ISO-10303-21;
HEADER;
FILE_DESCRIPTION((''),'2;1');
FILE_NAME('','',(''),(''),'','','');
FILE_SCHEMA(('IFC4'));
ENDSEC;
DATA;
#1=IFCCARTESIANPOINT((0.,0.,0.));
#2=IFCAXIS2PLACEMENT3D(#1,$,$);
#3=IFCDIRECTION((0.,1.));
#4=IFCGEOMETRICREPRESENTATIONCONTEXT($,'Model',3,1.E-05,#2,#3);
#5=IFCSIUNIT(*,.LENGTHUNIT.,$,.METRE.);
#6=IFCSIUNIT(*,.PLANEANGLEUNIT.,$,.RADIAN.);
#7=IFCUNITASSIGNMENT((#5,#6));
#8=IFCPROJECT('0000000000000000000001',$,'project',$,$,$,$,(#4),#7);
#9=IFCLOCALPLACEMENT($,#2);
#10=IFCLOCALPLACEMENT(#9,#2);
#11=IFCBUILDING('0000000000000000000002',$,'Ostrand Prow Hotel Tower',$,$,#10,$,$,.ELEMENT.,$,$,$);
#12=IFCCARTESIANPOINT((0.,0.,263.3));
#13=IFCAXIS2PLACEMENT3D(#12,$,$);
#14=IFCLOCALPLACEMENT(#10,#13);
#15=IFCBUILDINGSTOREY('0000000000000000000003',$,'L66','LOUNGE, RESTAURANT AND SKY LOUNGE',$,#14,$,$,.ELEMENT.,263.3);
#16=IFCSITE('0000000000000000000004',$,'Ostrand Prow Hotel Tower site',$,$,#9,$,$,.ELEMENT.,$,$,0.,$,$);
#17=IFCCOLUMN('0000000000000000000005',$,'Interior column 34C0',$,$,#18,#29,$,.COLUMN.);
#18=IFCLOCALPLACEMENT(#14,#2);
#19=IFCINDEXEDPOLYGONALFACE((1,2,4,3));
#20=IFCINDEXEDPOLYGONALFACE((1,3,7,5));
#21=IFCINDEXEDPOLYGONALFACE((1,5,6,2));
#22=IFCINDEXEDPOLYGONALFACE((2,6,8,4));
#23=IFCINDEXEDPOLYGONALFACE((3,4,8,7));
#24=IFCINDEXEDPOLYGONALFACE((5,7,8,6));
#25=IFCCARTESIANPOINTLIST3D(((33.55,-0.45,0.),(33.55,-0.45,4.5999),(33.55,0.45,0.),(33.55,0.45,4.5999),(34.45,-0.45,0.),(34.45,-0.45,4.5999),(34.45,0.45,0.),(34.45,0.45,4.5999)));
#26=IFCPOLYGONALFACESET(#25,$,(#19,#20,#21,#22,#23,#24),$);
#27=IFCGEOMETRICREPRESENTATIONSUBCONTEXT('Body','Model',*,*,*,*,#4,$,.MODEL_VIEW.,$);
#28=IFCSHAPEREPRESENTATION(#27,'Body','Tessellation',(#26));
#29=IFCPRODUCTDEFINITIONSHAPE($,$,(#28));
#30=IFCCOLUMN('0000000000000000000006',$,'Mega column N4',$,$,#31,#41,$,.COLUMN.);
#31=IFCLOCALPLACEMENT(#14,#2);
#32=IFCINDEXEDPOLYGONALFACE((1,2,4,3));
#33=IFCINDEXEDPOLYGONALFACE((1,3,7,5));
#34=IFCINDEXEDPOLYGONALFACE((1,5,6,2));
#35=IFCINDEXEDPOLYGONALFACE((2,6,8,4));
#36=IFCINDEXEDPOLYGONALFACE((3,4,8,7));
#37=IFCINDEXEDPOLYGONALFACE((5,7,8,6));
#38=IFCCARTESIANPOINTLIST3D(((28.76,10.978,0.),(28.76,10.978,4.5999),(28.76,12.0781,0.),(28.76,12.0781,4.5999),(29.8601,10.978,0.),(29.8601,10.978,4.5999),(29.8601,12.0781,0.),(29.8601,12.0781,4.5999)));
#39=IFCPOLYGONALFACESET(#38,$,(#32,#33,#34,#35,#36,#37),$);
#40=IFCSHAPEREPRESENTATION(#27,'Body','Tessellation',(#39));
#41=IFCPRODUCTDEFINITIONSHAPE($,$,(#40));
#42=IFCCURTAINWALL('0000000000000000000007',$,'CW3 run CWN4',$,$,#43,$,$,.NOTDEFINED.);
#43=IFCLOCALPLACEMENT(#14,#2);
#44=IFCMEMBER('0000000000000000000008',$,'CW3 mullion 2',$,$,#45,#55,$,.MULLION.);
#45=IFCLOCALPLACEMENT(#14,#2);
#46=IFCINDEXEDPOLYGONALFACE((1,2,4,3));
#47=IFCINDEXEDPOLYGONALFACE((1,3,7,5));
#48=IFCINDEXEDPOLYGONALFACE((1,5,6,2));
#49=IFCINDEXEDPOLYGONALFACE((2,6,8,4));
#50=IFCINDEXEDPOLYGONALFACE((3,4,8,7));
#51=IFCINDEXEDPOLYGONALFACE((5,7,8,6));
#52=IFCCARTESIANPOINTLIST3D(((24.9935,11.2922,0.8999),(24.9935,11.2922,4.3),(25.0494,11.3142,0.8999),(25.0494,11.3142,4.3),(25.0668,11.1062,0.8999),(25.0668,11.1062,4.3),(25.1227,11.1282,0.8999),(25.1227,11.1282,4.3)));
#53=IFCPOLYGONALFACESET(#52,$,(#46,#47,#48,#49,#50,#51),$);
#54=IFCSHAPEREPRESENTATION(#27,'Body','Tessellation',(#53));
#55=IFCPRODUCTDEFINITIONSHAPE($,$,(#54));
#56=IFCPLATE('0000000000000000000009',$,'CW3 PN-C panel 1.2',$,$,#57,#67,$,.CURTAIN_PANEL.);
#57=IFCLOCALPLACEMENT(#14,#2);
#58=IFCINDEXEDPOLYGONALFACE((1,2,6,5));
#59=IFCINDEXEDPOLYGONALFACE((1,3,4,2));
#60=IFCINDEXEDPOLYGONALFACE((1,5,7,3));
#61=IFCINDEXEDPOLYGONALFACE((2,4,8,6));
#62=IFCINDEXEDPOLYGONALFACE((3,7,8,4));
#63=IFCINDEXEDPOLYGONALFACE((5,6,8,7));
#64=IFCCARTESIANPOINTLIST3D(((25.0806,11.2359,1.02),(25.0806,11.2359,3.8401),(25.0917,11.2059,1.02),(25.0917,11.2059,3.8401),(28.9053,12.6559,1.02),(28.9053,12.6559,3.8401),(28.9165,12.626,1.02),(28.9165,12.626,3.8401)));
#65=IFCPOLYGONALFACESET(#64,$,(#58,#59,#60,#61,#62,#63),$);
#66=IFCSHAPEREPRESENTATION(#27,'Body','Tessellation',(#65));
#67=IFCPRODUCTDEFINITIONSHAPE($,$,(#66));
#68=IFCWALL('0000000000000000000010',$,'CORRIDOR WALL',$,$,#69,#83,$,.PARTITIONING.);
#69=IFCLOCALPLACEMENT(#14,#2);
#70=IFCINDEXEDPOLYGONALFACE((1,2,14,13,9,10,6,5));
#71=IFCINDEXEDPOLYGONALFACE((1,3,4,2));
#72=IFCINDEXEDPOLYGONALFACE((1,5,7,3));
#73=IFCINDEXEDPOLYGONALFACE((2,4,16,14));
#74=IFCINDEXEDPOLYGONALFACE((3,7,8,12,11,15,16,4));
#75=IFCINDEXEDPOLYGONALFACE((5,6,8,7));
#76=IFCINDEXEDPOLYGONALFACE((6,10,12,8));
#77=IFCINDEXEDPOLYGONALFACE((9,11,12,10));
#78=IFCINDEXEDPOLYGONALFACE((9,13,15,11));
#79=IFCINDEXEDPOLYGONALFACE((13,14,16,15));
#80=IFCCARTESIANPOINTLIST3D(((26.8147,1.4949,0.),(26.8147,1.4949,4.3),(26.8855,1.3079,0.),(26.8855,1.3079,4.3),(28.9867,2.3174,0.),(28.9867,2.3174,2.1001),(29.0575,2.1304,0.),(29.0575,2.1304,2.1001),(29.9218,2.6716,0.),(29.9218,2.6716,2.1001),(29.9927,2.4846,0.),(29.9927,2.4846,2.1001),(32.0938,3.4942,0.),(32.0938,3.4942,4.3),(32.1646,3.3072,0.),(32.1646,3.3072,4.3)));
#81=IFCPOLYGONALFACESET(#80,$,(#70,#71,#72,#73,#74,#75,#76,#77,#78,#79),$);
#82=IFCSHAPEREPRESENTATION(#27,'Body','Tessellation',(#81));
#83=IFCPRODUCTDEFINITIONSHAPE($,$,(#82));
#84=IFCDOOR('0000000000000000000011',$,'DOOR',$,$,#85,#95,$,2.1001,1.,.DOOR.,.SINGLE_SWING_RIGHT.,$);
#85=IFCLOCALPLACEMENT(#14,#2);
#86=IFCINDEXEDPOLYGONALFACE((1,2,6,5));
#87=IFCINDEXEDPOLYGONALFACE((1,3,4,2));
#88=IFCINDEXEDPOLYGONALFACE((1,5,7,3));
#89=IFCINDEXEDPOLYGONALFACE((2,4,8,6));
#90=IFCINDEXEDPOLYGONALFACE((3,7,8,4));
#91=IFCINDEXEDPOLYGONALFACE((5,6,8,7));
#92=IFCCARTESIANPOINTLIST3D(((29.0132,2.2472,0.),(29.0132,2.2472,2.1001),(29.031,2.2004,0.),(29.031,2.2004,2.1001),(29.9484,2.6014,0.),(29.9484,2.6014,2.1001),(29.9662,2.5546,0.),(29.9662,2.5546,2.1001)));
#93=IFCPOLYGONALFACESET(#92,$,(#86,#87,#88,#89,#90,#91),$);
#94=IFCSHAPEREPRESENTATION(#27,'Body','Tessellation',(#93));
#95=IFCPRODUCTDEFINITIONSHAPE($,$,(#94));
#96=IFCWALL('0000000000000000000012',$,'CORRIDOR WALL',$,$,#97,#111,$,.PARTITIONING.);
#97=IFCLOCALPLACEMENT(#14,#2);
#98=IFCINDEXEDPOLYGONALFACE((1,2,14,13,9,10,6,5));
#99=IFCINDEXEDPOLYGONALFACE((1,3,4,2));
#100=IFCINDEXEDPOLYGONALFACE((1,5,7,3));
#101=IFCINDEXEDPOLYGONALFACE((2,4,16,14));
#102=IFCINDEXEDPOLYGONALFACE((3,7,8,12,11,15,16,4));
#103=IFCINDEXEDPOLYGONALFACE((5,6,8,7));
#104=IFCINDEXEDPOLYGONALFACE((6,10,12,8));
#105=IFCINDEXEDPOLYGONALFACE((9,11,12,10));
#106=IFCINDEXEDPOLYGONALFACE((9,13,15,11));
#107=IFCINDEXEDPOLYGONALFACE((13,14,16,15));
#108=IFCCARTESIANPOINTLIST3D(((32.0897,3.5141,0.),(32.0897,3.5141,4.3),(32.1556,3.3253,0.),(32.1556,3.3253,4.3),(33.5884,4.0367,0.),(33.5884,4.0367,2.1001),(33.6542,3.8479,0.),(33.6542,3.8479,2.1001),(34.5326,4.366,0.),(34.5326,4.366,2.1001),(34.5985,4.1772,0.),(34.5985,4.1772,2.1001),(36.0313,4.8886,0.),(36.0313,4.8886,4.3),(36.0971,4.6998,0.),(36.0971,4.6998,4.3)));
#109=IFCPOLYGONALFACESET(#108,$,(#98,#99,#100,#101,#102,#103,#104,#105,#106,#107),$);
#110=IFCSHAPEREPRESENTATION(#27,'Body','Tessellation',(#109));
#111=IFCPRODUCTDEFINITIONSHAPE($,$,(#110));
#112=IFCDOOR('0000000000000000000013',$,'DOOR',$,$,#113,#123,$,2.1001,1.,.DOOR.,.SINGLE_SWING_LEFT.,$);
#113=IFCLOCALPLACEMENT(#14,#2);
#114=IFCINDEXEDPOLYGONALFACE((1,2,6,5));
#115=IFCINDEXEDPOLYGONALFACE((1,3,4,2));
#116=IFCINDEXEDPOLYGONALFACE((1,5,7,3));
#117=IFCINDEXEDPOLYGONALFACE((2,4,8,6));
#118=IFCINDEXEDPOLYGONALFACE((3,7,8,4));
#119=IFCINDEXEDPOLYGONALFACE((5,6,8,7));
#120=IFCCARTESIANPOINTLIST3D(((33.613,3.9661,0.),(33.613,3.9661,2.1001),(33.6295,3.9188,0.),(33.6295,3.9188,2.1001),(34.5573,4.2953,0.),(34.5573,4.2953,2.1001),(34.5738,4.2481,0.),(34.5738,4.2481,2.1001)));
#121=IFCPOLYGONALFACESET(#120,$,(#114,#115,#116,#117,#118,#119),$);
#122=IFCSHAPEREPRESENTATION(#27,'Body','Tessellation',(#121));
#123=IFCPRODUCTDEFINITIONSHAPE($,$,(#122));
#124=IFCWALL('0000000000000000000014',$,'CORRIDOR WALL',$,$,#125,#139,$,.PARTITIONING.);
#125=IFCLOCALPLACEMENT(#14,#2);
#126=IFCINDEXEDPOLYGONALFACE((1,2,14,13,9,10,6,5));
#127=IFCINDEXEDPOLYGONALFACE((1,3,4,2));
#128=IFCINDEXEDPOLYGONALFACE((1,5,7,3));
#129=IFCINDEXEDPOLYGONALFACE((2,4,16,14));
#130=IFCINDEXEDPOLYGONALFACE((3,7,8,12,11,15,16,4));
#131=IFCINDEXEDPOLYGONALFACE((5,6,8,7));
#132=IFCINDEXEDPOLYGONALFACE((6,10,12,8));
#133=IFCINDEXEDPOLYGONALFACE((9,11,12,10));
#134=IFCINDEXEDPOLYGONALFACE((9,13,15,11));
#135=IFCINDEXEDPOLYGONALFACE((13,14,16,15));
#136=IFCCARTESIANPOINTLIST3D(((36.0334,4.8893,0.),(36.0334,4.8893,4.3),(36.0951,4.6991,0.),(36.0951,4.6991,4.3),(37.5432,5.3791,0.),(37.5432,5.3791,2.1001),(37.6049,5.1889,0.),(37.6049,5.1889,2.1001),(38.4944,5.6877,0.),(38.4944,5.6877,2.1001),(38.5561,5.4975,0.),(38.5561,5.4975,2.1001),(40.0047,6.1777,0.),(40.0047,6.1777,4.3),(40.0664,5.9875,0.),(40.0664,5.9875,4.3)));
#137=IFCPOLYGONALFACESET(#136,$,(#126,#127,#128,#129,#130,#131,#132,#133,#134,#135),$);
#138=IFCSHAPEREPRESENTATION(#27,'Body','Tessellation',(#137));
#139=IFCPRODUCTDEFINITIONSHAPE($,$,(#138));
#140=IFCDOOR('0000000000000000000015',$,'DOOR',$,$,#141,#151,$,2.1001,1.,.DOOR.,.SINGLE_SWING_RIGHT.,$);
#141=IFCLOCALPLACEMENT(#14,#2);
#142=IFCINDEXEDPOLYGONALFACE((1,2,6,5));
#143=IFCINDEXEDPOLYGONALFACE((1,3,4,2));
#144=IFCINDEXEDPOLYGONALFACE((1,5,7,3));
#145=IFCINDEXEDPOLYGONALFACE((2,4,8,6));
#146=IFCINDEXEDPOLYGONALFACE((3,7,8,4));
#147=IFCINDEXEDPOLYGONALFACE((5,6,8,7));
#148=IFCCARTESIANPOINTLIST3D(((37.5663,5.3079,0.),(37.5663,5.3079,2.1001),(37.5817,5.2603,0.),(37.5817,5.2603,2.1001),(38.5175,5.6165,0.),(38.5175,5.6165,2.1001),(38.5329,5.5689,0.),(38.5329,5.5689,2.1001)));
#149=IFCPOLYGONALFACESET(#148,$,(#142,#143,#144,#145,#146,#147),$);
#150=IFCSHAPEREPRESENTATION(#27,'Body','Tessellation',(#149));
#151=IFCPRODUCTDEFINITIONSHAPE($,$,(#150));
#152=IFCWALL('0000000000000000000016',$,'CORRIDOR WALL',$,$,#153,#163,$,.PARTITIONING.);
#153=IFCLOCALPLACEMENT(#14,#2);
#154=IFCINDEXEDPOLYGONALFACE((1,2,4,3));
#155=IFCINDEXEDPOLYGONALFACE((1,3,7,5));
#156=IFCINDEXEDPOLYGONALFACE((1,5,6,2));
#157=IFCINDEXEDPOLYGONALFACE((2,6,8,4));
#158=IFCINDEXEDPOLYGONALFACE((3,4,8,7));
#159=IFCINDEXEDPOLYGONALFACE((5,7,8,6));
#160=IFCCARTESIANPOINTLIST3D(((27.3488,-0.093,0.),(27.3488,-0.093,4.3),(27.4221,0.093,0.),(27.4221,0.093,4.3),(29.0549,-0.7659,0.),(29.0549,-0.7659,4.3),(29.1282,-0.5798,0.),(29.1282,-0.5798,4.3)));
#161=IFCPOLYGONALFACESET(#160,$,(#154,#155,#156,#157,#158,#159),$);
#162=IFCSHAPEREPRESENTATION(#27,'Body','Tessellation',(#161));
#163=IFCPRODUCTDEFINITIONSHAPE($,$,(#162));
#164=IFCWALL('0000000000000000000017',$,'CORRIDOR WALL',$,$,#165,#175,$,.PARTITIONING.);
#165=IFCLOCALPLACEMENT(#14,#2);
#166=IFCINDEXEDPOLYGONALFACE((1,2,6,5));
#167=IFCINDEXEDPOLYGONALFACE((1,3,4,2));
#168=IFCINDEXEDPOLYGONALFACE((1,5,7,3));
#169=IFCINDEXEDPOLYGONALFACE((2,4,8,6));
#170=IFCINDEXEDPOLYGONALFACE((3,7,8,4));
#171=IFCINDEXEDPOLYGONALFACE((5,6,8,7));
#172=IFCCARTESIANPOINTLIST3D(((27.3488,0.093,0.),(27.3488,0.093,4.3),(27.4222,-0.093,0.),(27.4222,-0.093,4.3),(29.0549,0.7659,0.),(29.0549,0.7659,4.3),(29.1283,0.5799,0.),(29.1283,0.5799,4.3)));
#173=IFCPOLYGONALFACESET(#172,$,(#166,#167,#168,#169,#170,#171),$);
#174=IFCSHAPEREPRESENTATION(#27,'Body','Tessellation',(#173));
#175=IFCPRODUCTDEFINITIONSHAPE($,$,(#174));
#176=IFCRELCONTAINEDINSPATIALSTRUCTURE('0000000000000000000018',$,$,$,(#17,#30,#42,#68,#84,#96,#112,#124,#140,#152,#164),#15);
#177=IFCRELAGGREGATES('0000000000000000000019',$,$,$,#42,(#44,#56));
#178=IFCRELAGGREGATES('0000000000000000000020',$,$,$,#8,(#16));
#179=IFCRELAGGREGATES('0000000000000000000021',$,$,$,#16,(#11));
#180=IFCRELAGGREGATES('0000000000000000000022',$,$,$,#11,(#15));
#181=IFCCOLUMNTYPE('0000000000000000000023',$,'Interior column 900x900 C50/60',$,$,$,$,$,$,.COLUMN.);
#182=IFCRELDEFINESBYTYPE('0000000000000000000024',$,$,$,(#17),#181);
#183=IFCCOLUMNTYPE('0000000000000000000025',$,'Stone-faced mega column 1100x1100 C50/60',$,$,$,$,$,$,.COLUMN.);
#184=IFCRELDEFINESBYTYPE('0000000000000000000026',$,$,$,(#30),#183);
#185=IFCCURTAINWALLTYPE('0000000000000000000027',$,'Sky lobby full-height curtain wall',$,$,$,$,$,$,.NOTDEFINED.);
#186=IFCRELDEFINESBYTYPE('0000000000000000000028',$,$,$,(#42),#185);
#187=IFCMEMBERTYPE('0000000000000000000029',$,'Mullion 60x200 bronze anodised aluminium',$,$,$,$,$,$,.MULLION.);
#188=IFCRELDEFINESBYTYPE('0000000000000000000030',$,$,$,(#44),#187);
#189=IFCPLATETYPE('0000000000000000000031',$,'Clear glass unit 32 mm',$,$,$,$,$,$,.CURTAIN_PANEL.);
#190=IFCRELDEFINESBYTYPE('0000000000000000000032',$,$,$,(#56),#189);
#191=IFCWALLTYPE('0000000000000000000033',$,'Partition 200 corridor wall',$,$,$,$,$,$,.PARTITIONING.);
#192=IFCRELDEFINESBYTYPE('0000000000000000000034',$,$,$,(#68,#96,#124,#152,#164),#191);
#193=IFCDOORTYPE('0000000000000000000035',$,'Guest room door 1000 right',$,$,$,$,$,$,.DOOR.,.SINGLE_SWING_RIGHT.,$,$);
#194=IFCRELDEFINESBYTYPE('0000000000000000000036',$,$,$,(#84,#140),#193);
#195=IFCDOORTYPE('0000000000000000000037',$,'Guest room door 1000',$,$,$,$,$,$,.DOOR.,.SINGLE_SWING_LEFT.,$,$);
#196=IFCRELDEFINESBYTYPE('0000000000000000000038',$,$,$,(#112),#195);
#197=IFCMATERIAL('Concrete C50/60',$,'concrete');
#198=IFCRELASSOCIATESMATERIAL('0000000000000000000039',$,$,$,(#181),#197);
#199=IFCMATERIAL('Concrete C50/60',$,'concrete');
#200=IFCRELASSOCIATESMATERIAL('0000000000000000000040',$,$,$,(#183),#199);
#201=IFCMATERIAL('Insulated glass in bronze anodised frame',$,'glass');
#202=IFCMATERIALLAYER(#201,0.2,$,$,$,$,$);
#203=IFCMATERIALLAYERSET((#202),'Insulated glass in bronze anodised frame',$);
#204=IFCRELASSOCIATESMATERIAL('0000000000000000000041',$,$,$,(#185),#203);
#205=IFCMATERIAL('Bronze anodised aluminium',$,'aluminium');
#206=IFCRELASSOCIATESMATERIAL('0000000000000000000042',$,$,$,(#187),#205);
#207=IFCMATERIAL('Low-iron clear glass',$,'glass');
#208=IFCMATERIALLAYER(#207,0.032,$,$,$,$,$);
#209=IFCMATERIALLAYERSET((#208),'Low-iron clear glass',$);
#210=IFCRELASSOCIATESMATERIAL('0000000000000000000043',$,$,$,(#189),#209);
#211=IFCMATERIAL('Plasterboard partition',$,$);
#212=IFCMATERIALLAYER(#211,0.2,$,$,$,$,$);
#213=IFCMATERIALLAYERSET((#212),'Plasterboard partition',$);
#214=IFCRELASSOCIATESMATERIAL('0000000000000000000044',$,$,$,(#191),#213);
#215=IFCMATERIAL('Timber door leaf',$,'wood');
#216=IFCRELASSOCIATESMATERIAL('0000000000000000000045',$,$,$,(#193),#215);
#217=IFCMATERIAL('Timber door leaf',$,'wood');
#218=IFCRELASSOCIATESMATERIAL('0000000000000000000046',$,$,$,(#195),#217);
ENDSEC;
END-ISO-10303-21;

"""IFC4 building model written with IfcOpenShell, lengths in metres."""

from ifc_helpers import new_model, si_unit, direction, frame, frame_2d, origin, origin_2d, place, context, subcontext, project, spatial, rectangle, extrude, material, layer, layer_set, material_profile, profile_set, type_object, element, fill, aggregate, save


model = new_model("IFC4")

# Units and contexts
model_context = context("Model", 3, precision=1e-05, world=origin(), true_north=direction((0.0, 1.0)))
body_context = subcontext(model_context, "Body", "Model", "MODEL_VIEW")
ifc_project = project(units=[si_unit("LENGTHUNIT", "METRE"), si_unit("PLANEANGLEUNIT", "RADIAN")], contexts=[model_context])

# Site, building, storey
site_placement = place(None, origin())
site = spatial("IfcSite", under=ifc_project, at=site_placement, Name="Ostrand Prow Hotel Tower site", CompositionType="ELEMENT", RefElevation=0.0)
building_placement = place(site_placement, origin())
building = spatial("IfcBuilding", under=site, at=building_placement, Name="Ostrand Prow Hotel Tower", CompositionType="ELEMENT")
storey_placement = place(building_placement, frame((0.0, 0.0, 263.3)))
storey = spatial("IfcBuildingStorey", under=building, at=storey_placement, Name="L66", Description="LOUNGE, RESTAURANT AND SKY LOUNGE", CompositionType="ELEMENT", Elevation=263.3)

# Columns
ifc_material_1 = material(Name="Concrete C50/60", Category="concrete")
ifc_material_profile_1 = material_profile(ifc_material_1, rectangle(XDim=0.8999, YDim=0.8999, at=origin_2d()), Name="RC 900x900")
ifc_profile_set_1 = profile_set([ifc_material_profile_1], Name="Concrete C50/60")
column_type_1 = type_object("IfcColumnType", Name="Interior column 900x900 C50/60", PredefinedType="COLUMN", material=ifc_profile_set_1)
column_1_placement = place(storey_placement, frame((34.0, 0.0, 0.0), z_axis=(0.0, 0.0, 1.0), x_axis=(1.0, 0.0, 0.0)))
element("IfcColumn", 1, at=column_1_placement, inside=storey, type_object=column_type_1, Name="Interior column 34C0", PredefinedType="COLUMN", context=body_context, shape_type="SweptSolid", body=[
    extrude(rectangle(XDim=0.8999, YDim=0.8999, at=origin_2d()), origin(), (0.0, 0.0, 1.0), 4.5999),
])
ifc_material_2 = material(Name="Concrete C50/60", Category="concrete")
ifc_material_profile_2 = material_profile(ifc_material_2, rectangle(XDim=1.1001, YDim=1.1001, at=origin_2d()), Name="RC 1100x1100")
ifc_profile_set_2 = profile_set([ifc_material_profile_2], Name="Concrete C50/60")
column_type_2 = type_object("IfcColumnType", Name="Stone-faced mega column 1100x1100 C50/60", PredefinedType="COLUMN", material=ifc_profile_set_2)
column_2_placement = place(storey_placement, frame((29.3101, 11.5281, 0.0), z_axis=(0.0, 0.0, 1.0), x_axis=(1.0, 0.0, 0.0)))
element("IfcColumn", 2, at=column_2_placement, inside=storey, type_object=column_type_2, Name="Mega column N4", PredefinedType="COLUMN", context=body_context, shape_type="SweptSolid", body=[
    extrude(rectangle(XDim=1.1001, YDim=1.1001, at=origin_2d()), origin(), (0.0, 0.0, 1.0), 4.5999),
])

# Curtain wall, member, plate
ifc_material_3 = material(Name="Insulated glass in bronze anodised frame", Category="glass")
ifc_layer_1 = layer(ifc_material_3, 0.2)
ifc_layer_set_1 = layer_set([ifc_layer_1], Name="Insulated glass in bronze anodised frame")
curtain_wall_type = type_object("IfcCurtainWallType", Name="Sky lobby full-height curtain wall", PredefinedType="NOTDEFINED", material=ifc_layer_set_1)
curtain_wall_placement = place(storey_placement, origin())
curtain_wall = element("IfcCurtainWall", 3, at=curtain_wall_placement, inside=storey, type_object=curtain_wall_type, Name="CW3 run CWN4", PredefinedType="NOTDEFINED")
ifc_material_4 = material(Name="Bronze anodised aluminium", Category="aluminium")
ifc_material_profile_3 = material_profile(ifc_material_4, rectangle(XDim=0.2, YDim=0.0601, at=origin_2d()), Name="Mullion 60x200 bronze anodised aluminium")
ifc_profile_set_3 = profile_set([ifc_material_profile_3], Name="Bronze anodised aluminium")
member_type = type_object("IfcMemberType", Name="Mullion 60x200 bronze anodised aluminium", PredefinedType="MULLION", material=ifc_profile_set_3)
member_placement = place(storey_placement, frame((25.0581, 11.2102, 0.8999), z_axis=(0.0, 0.0, 1.0), x_axis=(0.366845, -0.930282, 0.0)))
member = element("IfcMember", 4, at=member_placement, type_object=member_type, Name="CW3 mullion 2", PredefinedType="MULLION", context=body_context, shape_type="SweptSolid", body=[
    extrude(rectangle(XDim=0.2, YDim=0.0601, at=origin_2d()), origin(), (0.0, 0.0, 1.0), 3.4001),
])
ifc_material_5 = material(Name="Low-iron clear glass", Category="glass")
ifc_layer_2 = layer(ifc_material_5, 0.032)
ifc_layer_set_2 = layer_set([ifc_layer_2], Name="Low-iron clear glass")
plate_type = type_object("IfcPlateType", Name="Clear glass unit 32 mm", PredefinedType="CURTAIN_PANEL", material=ifc_layer_set_2)
plate_placement = place(storey_placement, frame((26.9985, 11.9309, 1.02), z_axis=(0.0, 0.0, 1.0), x_axis=(-0.937468, -0.348071, 0.0)))
plate = element("IfcPlate", 5, at=plate_placement, type_object=plate_type, Name="CW3 PN-C panel 1.2", PredefinedType="CURTAIN_PANEL", context=body_context, shape_type="SweptSolid", body=[
    extrude(rectangle(XDim=4.0798, YDim=0.032, at=origin_2d()), origin(), (0.0, 0.0, 1.0), 2.8201),
])
aggregate(curtain_wall, [member, plate])

# Walls, openings, doors
ifc_material_6 = material(Name="Plasterboard partition")
ifc_layer_3 = layer(ifc_material_6, 0.2)
ifc_layer_set_3 = layer_set([ifc_layer_3], Name="Plasterboard partition")
wall_type_1 = type_object("IfcWallType", Name="Partition 200 corridor wall", PredefinedType="PARTITIONING", material=ifc_layer_set_3)
wall_1_placement = place(storey_placement, frame((26.8501, 1.4014, 0.0), z_axis=(0.0, 0.0, 1.0), x_axis=(0.935181, 0.354169, 0.0)))
wall_1 = element("IfcWall", 6, at=wall_1_placement, inside=storey, type_object=wall_type_1, Name="CORRIDOR WALL", PredefinedType="PARTITIONING", context=body_context, shape_type="SweptSolid", body=[
    extrude(rectangle(XDim=5.645, YDim=0.2, at=frame_2d((2.8225, 0.0))), origin(), (0.0, 0.0, 1.0), 4.3),
])
opening_1_placement = place(wall_1_placement, frame((2.3225, 0.0, 0.0)))
opening_1 = element("IfcOpeningElement", 7, at=opening_1_placement, cuts=wall_1, PredefinedType="OPENING", context=body_context, shape_type="SweptSolid", body=[
    extrude(rectangle(XDim=1.0, YDim=2.1001, at=frame_2d((0.5, 1.05))), frame((0.0, 0.1099, 0.0), z_axis=(0.0, -1.0, 0.0), x_axis=(1.0, 0.0, 0.0)), (0.0, 0.0, 1.0), 0.22),
])
ifc_material_7 = material(Name="Timber door leaf", Category="wood")
door_type_1 = type_object("IfcDoorType", Name="Guest room door 1000 right", OperationType="SINGLE_SWING_RIGHT", PredefinedType="DOOR", material=ifc_material_7)
door_1_placement = place(opening_1_placement, origin())
door_1 = element("IfcDoor", 8, at=door_1_placement, inside=storey, type_object=door_type_1, Name="DOOR", OperationType="SINGLE_SWING_RIGHT", OverallHeight=2.1001, OverallWidth=1.0, PredefinedType="DOOR", context=body_context, shape_type="SweptSolid", body=[
    extrude(rectangle(XDim=1.0, YDim=2.1001, at=frame_2d((0.5, 1.05))), frame((0.0, 0.0249, 0.0), z_axis=(0.0, -1.0, 0.0), x_axis=(1.0, 0.0, 0.0)), (0.0, 0.0, 1.0), 0.05),
])
fill(opening_1, door_1)
wall_2_placement = place(storey_placement, frame((36.0642, 4.7942, 0.0), z_axis=(0.0, 0.0, 1.0), x_axis=(-0.944236, -0.329269, 0.0)))
wall_2 = element("IfcWall", 9, at=wall_2_placement, inside=storey, type_object=wall_type_1, Name="CORRIDOR WALL", PredefinedType="PARTITIONING", context=body_context, shape_type="SweptSolid", body=[
    extrude(rectangle(XDim=4.1743, YDim=0.2, at=frame_2d((2.0872, 0.0))), origin(), (0.0, 0.0, 1.0), 4.3),
])
opening_2_placement = place(wall_2_placement, frame((1.5872, 0.0, 0.0)))
opening_2 = element("IfcOpeningElement", 10, at=opening_2_placement, cuts=wall_2, PredefinedType="OPENING", context=body_context, shape_type="SweptSolid", body=[
    extrude(rectangle(XDim=1.0, YDim=2.1001, at=frame_2d((0.5, 1.05))), frame((0.0, 0.1099, 0.0), z_axis=(0.0, -1.0, 0.0), x_axis=(1.0, 0.0, 0.0)), (0.0, 0.0, 1.0), 0.22),
])
ifc_material_8 = material(Name="Timber door leaf", Category="wood")
door_type_2 = type_object("IfcDoorType", Name="Guest room door 1000", OperationType="SINGLE_SWING_LEFT", PredefinedType="DOOR", material=ifc_material_8)
door_2_placement = place(opening_2_placement, origin())
door_2 = element("IfcDoor", 11, at=door_2_placement, inside=storey, type_object=door_type_2, Name="DOOR", OperationType="SINGLE_SWING_LEFT", OverallHeight=2.1001, OverallWidth=1.0, PredefinedType="DOOR", context=body_context, shape_type="SweptSolid", body=[
    extrude(rectangle(XDim=1.0, YDim=2.1001, at=frame_2d((0.5, 1.05))), frame((0.0, 0.0249, 0.0), z_axis=(0.0, -1.0, 0.0), x_axis=(1.0, 0.0, 0.0)), (0.0, 0.0, 1.0), 0.05),
])
fill(opening_2, door_2)
wall_3_placement = place(storey_placement, frame((40.0354, 6.0825, 0.0), z_axis=(0.0, 0.0, 1.0), x_axis=(-0.951196, -0.308586, 0.0)))
wall_3 = element("IfcWall", 12, at=wall_3_placement, inside=storey, type_object=wall_type_1, Name="CORRIDOR WALL", PredefinedType="PARTITIONING", context=body_context, shape_type="SweptSolid", body=[
    extrude(rectangle(XDim=4.175, YDim=0.2, at=frame_2d((2.0874, 0.0))), origin(), (0.0, 0.0, 1.0), 4.3),
])
opening_3_placement = place(wall_3_placement, frame((1.5876, 0.0, 0.0)))
opening_3 = element("IfcOpeningElement", 13, at=opening_3_placement, cuts=wall_3, PredefinedType="OPENING", context=body_context, shape_type="SweptSolid", body=[
    extrude(rectangle(XDim=1.0, YDim=2.1001, at=frame_2d((0.5, 1.05))), frame((0.0, 0.1099, 0.0), z_axis=(0.0, -1.0, 0.0), x_axis=(1.0, 0.0, 0.0)), (0.0, 0.0, 1.0), 0.22),
])
door_3_placement = place(opening_3_placement, origin())
door_3 = element("IfcDoor", 14, at=door_3_placement, inside=storey, type_object=door_type_1, Name="DOOR", OperationType="SINGLE_SWING_RIGHT", OverallHeight=2.1001, OverallWidth=1.0, PredefinedType="DOOR", context=body_context, shape_type="SweptSolid", body=[
    extrude(rectangle(XDim=1.0, YDim=2.1001, at=frame_2d((0.5, 1.05))), frame((0.0, 0.0249, 0.0), z_axis=(0.0, -1.0, 0.0), x_axis=(1.0, 0.0, 0.0)), (0.0, 0.0, 1.0), 0.05),
])
fill(opening_3, door_3)

# Walls
for number, where, z_axis, x_axis, name in (
    (15, (29.0916, -0.6729, 0.0), (0.0, 0.0, 1.0), (-0.930265, 0.366888, 0.0), "CORRIDOR WALL"),
    (16, (27.3855, 0.0, 0.0), (0.0, 0.0, 1.0), (0.930265, 0.366888, 0.0), "CORRIDOR WALL"),
):
    element("IfcWall", number, at=place(storey_placement, frame(where, z_axis=z_axis, x_axis=x_axis)), inside=storey, type_object=wall_type_1, Name=name, PredefinedType="PARTITIONING", context=body_context, shape_type="SweptSolid", body=[
        extrude(rectangle(XDim=1.834, YDim=0.2, at=frame_2d((0.917, 0.0))), origin(), (0.0, 0.0, 1.0), 4.3),
    ])

save(model, "model.ifc")
